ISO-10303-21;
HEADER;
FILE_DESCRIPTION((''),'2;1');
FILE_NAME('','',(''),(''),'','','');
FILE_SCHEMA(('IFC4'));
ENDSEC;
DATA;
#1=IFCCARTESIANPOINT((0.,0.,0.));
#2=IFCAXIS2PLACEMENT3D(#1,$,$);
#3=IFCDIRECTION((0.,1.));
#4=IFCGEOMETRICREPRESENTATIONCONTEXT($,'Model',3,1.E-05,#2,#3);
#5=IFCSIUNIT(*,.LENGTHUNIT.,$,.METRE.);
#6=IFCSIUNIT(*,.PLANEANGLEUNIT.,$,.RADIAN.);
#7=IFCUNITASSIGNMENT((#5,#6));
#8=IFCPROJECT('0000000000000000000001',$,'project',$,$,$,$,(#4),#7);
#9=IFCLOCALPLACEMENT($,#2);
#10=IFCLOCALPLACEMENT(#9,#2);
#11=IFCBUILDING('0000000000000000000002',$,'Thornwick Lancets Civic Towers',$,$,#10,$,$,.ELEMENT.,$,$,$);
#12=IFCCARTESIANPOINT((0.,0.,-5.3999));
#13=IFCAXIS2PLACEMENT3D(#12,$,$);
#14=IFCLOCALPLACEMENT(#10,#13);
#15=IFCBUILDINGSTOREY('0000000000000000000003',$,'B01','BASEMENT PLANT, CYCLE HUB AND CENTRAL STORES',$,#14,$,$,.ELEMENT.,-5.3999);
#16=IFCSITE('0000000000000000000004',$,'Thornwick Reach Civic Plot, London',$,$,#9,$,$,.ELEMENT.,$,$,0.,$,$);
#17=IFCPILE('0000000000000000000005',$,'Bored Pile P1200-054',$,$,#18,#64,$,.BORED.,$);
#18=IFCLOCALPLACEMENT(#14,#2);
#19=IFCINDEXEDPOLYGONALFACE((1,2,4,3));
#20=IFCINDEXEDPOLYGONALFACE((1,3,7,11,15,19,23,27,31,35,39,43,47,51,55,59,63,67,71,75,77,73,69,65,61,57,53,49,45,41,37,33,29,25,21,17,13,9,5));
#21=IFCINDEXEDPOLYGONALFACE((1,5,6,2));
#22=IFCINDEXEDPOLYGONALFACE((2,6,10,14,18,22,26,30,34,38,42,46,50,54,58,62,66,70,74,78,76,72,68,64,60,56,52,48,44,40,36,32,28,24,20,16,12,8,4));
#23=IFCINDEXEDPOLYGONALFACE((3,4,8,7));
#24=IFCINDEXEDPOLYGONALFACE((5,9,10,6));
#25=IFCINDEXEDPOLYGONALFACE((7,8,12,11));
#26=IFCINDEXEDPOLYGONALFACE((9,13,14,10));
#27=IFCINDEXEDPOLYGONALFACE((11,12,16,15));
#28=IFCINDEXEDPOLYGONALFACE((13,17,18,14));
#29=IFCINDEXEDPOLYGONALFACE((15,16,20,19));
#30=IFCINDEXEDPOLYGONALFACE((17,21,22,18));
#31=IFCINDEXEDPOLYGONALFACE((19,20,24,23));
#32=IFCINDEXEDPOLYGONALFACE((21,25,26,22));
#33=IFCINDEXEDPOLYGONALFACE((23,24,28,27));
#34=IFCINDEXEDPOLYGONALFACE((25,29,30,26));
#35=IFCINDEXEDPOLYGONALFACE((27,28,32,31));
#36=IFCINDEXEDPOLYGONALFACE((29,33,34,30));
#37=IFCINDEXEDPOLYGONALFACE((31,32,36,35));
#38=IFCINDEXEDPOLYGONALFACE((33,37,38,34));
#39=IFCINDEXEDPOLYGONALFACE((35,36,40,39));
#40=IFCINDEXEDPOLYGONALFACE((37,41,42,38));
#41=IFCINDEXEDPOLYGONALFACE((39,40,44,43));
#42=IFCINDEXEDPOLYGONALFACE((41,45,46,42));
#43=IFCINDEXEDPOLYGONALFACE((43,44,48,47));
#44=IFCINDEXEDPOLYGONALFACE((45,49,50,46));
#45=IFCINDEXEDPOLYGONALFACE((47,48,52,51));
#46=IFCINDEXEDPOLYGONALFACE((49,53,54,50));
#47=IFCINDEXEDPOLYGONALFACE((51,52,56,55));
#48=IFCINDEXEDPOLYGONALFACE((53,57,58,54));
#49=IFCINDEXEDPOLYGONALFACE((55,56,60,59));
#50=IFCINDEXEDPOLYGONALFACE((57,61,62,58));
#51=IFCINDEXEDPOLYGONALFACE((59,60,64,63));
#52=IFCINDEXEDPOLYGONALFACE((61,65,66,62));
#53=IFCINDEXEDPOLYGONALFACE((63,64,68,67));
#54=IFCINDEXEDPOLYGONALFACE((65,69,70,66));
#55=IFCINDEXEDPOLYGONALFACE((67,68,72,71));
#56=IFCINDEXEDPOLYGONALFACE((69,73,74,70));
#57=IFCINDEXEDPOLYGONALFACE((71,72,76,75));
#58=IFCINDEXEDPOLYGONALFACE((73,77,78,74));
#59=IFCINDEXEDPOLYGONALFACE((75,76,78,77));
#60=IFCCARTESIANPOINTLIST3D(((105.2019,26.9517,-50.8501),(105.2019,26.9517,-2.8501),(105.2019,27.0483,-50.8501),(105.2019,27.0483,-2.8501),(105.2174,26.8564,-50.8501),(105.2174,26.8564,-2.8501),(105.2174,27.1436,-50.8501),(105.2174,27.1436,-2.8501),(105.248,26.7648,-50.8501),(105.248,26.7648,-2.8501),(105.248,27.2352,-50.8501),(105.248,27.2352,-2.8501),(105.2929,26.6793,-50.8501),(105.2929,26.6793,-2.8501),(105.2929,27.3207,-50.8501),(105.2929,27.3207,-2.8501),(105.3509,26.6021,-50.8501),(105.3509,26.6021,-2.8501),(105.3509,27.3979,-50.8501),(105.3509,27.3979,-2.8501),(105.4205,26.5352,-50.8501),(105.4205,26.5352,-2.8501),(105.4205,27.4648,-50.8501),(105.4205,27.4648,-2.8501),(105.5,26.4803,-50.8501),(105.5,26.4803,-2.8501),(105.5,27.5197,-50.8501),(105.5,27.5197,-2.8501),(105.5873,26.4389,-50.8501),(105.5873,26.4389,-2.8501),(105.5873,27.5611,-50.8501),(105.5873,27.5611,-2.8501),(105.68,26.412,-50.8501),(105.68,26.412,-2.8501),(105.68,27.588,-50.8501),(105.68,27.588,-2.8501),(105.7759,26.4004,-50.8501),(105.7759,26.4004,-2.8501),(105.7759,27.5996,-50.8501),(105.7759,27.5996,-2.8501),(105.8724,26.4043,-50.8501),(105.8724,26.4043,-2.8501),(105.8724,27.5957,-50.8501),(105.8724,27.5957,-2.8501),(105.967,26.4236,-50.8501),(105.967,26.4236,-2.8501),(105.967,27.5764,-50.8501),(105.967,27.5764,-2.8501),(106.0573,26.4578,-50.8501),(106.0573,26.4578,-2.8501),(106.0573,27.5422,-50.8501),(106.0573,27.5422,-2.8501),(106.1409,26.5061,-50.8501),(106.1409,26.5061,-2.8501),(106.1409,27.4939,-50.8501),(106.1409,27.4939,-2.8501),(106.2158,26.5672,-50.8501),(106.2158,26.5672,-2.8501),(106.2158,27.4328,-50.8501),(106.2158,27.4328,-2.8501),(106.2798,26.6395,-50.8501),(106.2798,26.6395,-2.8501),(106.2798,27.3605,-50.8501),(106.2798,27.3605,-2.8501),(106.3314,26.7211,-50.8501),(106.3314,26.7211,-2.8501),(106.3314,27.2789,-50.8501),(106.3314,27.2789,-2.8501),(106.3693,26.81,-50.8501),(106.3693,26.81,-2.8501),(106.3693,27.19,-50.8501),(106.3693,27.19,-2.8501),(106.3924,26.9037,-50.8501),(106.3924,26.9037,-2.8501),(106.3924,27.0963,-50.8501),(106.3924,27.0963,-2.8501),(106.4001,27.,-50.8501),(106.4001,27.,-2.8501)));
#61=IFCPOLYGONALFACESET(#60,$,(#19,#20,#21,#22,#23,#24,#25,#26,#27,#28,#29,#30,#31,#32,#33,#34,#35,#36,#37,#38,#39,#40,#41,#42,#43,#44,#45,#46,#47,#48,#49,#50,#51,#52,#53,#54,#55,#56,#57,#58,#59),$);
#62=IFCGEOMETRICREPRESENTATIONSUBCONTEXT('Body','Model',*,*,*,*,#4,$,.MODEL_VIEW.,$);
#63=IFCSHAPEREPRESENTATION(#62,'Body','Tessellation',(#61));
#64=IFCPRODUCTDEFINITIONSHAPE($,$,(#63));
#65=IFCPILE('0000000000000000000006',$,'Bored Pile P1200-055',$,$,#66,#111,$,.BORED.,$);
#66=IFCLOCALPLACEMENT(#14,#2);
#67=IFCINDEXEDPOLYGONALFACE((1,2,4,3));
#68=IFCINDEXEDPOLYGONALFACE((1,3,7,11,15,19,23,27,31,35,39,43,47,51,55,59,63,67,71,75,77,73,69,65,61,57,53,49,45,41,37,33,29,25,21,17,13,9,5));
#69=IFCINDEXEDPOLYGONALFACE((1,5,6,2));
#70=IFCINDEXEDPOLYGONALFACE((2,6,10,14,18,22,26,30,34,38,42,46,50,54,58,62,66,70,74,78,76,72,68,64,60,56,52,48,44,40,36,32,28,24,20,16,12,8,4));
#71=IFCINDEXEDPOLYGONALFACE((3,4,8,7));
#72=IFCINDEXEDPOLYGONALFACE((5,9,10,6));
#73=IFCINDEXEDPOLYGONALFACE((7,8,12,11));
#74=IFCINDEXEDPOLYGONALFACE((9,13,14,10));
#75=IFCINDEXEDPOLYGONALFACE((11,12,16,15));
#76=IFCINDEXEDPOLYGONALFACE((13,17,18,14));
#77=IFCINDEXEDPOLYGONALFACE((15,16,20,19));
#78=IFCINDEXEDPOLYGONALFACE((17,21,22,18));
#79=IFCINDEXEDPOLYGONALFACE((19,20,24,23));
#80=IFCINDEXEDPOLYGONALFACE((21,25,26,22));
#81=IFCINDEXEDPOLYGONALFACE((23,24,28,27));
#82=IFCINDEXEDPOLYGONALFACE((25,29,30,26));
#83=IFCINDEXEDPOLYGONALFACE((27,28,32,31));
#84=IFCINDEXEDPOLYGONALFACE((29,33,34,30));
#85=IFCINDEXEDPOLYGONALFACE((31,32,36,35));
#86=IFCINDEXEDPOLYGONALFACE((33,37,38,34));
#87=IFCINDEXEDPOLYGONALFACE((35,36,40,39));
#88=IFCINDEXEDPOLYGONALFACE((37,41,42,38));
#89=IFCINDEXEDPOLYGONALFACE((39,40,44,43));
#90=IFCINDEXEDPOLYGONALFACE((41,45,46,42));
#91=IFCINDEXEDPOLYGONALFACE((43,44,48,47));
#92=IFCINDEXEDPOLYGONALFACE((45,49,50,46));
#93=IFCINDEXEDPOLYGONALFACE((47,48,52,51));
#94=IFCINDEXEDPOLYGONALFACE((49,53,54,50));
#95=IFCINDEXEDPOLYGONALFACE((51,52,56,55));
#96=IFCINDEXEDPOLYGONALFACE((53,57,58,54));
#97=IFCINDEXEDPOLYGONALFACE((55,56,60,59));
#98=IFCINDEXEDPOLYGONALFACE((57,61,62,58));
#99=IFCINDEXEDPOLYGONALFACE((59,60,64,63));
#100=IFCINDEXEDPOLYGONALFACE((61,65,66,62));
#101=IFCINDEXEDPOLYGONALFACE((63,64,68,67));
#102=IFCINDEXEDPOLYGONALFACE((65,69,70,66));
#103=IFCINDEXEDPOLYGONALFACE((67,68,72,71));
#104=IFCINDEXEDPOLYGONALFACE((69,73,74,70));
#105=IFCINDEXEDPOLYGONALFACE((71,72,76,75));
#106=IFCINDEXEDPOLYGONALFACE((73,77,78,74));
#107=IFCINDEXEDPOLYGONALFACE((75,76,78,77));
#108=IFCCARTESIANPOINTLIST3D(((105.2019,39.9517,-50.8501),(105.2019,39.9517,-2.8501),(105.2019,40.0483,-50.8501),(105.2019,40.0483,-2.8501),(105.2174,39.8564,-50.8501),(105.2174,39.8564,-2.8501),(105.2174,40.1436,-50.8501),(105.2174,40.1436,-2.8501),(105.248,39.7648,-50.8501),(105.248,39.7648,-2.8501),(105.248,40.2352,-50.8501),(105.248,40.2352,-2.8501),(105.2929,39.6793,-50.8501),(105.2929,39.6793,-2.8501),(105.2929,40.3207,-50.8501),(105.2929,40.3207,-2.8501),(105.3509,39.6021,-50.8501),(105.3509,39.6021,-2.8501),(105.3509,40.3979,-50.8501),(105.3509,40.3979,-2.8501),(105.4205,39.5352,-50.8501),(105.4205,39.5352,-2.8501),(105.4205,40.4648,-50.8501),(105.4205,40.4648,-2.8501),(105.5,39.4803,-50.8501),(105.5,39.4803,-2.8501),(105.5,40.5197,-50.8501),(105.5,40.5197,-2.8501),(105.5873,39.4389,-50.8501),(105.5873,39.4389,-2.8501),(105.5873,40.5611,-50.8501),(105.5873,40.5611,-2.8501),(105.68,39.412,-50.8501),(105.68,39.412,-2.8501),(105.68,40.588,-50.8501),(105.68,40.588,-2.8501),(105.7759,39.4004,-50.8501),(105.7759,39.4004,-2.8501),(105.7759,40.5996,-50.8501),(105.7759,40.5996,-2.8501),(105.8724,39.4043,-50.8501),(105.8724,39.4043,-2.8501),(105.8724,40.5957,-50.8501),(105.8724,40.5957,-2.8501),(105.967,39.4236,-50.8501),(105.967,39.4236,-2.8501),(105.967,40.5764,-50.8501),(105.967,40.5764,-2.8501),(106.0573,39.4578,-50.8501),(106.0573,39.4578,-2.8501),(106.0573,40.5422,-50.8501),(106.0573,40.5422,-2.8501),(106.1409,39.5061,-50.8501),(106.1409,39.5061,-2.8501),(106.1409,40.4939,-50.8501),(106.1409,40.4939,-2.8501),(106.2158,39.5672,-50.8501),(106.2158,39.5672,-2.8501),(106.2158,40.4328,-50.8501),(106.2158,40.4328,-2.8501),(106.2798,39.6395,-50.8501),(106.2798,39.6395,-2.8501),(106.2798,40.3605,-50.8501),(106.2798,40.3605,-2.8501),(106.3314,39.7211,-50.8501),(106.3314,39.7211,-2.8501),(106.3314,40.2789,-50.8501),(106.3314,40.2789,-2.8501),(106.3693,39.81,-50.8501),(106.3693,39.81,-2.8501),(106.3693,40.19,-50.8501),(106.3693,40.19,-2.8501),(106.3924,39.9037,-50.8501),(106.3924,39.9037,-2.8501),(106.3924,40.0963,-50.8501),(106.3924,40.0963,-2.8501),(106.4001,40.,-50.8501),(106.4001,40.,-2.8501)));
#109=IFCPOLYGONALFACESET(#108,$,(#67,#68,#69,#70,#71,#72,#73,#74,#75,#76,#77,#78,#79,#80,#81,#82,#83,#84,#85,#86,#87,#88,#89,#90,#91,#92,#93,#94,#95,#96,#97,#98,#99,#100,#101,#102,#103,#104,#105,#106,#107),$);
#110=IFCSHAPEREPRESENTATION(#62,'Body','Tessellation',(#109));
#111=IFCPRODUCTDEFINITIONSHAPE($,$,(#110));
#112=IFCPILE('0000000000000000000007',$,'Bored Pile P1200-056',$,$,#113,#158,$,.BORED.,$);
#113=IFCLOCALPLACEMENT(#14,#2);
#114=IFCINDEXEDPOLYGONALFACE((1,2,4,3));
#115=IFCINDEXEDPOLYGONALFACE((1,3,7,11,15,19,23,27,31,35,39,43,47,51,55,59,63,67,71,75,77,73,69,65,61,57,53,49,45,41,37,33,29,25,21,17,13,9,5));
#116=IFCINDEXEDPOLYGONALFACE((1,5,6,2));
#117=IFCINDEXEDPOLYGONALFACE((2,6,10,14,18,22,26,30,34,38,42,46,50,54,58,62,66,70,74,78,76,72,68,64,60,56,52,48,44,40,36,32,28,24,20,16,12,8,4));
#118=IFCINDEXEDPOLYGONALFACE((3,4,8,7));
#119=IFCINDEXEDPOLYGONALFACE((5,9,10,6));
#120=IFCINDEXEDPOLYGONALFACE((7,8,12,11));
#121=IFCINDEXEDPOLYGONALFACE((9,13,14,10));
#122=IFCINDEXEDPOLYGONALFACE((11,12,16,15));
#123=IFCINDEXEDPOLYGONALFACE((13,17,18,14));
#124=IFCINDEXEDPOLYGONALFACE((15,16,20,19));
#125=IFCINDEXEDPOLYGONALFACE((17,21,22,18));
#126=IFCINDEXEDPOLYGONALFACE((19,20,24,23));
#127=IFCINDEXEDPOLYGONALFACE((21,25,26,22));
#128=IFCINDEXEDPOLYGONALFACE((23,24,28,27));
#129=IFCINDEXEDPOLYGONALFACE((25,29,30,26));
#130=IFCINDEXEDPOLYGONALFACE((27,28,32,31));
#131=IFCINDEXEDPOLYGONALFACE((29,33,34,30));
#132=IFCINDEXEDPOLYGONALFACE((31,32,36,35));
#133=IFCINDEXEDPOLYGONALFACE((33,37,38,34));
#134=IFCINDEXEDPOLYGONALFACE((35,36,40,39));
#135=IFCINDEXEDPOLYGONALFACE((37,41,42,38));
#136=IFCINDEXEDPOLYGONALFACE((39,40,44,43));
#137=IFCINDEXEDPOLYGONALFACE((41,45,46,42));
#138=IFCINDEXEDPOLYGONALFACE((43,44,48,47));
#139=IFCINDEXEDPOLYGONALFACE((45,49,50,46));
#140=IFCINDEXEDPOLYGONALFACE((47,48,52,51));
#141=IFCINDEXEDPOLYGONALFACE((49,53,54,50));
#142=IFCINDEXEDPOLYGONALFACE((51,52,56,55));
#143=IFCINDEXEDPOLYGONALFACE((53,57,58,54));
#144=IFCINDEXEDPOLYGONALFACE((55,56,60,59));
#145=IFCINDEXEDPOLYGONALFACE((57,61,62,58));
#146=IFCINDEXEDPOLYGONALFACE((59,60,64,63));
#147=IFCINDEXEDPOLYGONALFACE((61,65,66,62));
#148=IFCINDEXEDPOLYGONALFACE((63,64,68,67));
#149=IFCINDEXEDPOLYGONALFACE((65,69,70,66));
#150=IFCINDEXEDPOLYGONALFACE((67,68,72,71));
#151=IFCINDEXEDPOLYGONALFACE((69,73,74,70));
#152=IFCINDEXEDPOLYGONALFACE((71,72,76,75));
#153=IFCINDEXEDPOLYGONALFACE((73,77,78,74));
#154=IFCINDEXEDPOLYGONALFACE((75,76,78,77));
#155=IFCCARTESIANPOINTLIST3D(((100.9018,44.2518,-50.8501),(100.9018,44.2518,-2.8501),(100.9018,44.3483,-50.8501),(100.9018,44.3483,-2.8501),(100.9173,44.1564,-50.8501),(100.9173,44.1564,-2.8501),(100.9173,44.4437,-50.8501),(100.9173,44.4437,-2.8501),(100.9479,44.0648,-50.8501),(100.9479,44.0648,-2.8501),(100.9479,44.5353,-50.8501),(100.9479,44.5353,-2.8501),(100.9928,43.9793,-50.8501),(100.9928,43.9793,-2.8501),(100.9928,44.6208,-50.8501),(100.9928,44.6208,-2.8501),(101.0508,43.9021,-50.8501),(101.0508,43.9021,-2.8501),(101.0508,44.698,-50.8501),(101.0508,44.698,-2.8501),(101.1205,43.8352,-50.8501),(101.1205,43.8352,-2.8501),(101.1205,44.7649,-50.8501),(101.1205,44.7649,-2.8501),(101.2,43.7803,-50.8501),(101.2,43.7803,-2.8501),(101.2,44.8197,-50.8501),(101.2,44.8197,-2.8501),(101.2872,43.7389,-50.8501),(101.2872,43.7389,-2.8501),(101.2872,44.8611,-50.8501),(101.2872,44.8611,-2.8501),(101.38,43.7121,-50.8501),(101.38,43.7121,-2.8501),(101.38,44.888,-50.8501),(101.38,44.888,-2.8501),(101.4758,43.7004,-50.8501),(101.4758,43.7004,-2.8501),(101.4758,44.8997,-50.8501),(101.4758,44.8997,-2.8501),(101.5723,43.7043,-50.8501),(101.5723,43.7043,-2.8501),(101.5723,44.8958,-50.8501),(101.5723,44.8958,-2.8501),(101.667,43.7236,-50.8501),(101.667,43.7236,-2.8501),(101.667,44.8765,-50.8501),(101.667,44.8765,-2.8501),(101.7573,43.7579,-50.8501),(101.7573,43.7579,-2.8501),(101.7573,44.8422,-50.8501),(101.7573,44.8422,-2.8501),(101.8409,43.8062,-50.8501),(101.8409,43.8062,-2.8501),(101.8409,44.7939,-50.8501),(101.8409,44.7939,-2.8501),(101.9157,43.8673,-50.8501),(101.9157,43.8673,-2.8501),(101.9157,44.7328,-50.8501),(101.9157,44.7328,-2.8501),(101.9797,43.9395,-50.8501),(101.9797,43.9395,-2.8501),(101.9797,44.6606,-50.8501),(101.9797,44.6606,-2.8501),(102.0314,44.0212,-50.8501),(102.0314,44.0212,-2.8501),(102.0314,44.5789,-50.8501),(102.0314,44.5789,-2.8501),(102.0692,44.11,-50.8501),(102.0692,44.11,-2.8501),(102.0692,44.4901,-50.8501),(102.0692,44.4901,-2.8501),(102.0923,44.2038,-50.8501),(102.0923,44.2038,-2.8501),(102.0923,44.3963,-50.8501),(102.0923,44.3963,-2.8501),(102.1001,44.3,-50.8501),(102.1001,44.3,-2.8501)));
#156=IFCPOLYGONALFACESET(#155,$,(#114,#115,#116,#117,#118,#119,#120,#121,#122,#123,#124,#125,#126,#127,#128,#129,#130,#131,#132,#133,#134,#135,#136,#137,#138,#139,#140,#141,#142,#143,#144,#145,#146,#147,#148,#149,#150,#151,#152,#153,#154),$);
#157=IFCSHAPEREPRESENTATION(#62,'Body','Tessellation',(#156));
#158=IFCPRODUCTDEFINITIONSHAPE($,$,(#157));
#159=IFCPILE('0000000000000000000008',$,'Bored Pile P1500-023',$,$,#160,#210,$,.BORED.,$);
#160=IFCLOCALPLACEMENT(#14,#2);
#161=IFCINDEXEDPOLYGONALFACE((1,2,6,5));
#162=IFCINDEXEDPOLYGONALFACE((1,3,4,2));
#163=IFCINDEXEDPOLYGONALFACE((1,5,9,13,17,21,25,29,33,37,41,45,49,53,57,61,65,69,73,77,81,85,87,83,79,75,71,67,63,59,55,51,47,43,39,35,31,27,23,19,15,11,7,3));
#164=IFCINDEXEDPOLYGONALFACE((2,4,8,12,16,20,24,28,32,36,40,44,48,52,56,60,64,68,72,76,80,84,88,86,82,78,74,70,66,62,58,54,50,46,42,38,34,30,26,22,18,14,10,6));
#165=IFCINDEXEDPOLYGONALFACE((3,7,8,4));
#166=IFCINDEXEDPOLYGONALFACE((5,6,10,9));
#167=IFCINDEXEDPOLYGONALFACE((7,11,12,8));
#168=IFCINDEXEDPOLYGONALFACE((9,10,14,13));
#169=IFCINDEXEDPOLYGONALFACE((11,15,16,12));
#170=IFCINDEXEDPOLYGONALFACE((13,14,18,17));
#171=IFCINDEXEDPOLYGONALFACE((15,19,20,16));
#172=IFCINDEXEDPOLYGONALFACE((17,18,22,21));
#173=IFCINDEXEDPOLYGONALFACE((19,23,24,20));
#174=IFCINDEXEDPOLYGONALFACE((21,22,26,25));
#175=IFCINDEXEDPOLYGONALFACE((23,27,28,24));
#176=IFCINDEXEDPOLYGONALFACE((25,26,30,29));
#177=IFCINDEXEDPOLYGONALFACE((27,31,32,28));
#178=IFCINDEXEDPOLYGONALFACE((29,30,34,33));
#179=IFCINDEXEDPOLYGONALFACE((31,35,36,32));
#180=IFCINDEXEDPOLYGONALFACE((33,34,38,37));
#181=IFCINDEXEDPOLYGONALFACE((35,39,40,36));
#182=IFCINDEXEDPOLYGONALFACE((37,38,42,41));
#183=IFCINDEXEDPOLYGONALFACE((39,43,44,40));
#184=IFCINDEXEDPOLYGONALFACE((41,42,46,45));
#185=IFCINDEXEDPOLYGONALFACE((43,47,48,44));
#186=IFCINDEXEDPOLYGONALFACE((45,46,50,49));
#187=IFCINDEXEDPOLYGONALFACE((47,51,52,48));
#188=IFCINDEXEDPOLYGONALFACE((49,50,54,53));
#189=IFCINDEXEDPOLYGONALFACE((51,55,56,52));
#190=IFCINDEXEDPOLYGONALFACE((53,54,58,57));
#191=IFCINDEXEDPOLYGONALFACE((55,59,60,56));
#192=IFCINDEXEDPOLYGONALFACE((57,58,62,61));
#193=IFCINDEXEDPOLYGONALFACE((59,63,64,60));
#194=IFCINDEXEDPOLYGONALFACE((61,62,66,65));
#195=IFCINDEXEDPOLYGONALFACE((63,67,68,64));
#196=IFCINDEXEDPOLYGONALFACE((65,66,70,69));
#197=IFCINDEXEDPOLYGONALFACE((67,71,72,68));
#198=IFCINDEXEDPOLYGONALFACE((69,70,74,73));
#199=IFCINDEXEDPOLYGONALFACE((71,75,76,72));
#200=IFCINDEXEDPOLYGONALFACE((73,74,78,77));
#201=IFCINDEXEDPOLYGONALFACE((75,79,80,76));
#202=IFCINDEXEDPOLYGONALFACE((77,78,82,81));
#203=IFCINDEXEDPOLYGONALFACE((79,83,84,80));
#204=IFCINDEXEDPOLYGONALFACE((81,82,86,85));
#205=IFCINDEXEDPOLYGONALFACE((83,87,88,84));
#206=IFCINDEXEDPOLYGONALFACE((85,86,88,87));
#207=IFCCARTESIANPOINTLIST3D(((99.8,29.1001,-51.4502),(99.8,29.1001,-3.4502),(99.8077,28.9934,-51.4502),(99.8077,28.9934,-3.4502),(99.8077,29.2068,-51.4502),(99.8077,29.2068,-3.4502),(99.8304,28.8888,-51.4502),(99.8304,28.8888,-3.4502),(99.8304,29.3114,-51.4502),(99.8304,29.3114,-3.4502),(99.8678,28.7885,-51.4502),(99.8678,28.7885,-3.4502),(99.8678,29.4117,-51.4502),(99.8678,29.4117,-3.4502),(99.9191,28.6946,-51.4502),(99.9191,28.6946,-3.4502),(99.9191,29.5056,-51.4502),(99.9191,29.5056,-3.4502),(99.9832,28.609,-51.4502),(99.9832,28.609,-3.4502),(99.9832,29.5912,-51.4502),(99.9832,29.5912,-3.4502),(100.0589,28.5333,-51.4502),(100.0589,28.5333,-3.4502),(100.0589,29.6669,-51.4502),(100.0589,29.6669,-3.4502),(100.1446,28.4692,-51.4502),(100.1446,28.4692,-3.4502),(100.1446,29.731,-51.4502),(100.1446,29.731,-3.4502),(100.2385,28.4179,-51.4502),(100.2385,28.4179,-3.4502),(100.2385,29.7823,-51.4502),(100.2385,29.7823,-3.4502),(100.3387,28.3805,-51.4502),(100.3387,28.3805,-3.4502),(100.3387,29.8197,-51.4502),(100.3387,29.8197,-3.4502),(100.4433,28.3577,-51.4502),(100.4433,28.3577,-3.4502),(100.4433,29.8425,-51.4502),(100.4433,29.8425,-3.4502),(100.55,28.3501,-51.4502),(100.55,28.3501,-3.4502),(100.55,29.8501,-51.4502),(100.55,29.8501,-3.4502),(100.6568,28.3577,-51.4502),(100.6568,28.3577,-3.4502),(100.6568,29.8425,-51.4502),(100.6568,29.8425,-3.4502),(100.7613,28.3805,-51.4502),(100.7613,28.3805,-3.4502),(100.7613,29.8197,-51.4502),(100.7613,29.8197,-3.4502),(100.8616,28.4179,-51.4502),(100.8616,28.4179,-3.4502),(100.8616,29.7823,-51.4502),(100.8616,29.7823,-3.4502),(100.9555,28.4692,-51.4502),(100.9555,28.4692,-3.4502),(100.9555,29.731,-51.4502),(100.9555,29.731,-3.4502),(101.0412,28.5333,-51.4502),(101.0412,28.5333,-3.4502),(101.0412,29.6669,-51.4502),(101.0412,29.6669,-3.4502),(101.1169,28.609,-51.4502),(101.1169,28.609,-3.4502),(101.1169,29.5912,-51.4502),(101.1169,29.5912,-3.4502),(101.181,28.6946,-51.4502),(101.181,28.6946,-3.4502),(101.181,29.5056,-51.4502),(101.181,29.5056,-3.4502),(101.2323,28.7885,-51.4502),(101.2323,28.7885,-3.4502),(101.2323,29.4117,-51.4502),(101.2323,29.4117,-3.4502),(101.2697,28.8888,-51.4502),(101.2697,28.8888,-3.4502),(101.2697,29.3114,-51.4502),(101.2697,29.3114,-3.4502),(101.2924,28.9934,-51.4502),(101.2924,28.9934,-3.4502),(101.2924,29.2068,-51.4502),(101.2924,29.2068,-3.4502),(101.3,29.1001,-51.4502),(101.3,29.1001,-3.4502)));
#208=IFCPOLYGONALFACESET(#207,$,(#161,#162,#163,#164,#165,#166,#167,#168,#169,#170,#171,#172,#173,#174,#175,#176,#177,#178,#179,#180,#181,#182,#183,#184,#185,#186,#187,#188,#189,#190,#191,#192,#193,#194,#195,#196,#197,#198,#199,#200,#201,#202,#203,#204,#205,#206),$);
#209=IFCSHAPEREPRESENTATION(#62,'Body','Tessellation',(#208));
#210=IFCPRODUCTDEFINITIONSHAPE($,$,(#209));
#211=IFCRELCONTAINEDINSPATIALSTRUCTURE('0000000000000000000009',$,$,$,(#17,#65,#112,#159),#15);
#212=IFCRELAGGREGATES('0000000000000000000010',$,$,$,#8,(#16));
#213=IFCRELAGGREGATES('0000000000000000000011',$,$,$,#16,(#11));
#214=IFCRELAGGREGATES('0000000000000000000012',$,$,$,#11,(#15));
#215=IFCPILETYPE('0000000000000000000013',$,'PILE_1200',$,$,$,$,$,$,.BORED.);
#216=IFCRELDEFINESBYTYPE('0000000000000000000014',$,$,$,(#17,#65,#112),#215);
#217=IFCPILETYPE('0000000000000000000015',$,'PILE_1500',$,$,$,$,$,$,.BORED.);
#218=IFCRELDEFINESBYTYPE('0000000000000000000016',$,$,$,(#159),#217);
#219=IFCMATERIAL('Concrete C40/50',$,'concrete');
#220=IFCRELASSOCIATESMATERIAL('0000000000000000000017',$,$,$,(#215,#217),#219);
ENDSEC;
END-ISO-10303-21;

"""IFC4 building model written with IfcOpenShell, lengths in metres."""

from ifc_helpers import new_model, si_unit, direction, frame, origin, origin_2d, place, context, subcontext, project, spatial, circle, extrude, material, material_profile, profile_set, type_object, element, save


model = new_model("IFC4")

# Units and contexts
model_context = context("Model", 3, precision=1e-05, world=origin(), true_north=direction((0.0, 1.0)))
body_context = subcontext(model_context, "Body", "Model", "MODEL_VIEW")
ifc_project = project(units=[si_unit("LENGTHUNIT", "METRE"), si_unit("PLANEANGLEUNIT", "RADIAN")], contexts=[model_context])

# Site, building, storey
site_placement = place(None, origin())
site = spatial("IfcSite", under=ifc_project, at=site_placement, Name="Thornwick Reach Civic Plot, London", CompositionType="ELEMENT", RefElevation=0.0)
building_placement = place(site_placement, origin())
building = spatial("IfcBuilding", under=site, at=building_placement, Name="Thornwick Lancets Civic Towers", CompositionType="ELEMENT")
storey_placement = place(building_placement, frame((0.0, 0.0, -5.3999)))
storey = spatial("IfcBuildingStorey", under=building, at=storey_placement, Name="B01", Description="BASEMENT PLANT, CYCLE HUB AND CENTRAL STORES", CompositionType="ELEMENT", Elevation=-5.3999)

# Shared definitions
ifc_material_1 = material(Name="Concrete C40/50", Category="concrete")

# Piles
ifc_material_profile_1 = material_profile(ifc_material_1, circle(Radius=0.6001, at=origin_2d()), Name="PILE D1200")
ifc_profile_set_1 = profile_set([ifc_material_profile_1], Name="Concrete C40/50")
pile_type_1 = type_object("IfcPileType", Name="PILE_1200", PredefinedType="BORED", material=ifc_profile_set_1)
for number, where, z_axis, x_axis, name in (
    (1, (105.8, 27.0, -2.8501), (0.0, 0.0, -1.0), (1.0, 0.0, 0.0), "Bored Pile P1200-054"),
    (2, (105.8, 40.0, -2.8501), (0.0, 0.0, -1.0), (1.0, 0.0, 0.0), "Bored Pile P1200-055"),
    (3, (101.5, 44.3, -2.8501), (0.0, 0.0, -1.0), (1.0, 0.0, 0.0), "Bored Pile P1200-056"),
):
    element("IfcPile", number, at=place(storey_placement, frame(where, z_axis=z_axis, x_axis=x_axis)), inside=storey, type_object=pile_type_1, Name=name, PredefinedType="BORED", context=body_context, shape_type="SweptSolid", body=[
        extrude(circle(Radius=0.6001, at=origin_2d()), origin(), (0.0, 0.0, 1.0), 48.0),
    ])
ifc_material_profile_2 = material_profile(ifc_material_1, circle(Radius=0.75, at=origin_2d()), Name="PILE D1500")
ifc_profile_set_2 = profile_set([ifc_material_profile_2], Name="Concrete C40/50")
pile_type_2 = type_object("IfcPileType", Name="PILE_1500", PredefinedType="BORED", material=ifc_profile_set_2)
for number, where, z_axis, x_axis, name in (
    (4, (100.55, 29.1001, -3.4502), (0.0, 0.0, -1.0), (1.0, 0.0, 0.0), "Bored Pile P1500-023"),
):
    element("IfcPile", number, at=place(storey_placement, frame(where, z_axis=z_axis, x_axis=x_axis)), inside=storey, type_object=pile_type_2, Name=name, PredefinedType="BORED", context=body_context, shape_type="SweptSolid", body=[
        extrude(circle(Radius=0.75, at=origin_2d()), origin(), (0.0, 0.0, 1.0), 48.0),
    ])

save(model, "model.ifc")
